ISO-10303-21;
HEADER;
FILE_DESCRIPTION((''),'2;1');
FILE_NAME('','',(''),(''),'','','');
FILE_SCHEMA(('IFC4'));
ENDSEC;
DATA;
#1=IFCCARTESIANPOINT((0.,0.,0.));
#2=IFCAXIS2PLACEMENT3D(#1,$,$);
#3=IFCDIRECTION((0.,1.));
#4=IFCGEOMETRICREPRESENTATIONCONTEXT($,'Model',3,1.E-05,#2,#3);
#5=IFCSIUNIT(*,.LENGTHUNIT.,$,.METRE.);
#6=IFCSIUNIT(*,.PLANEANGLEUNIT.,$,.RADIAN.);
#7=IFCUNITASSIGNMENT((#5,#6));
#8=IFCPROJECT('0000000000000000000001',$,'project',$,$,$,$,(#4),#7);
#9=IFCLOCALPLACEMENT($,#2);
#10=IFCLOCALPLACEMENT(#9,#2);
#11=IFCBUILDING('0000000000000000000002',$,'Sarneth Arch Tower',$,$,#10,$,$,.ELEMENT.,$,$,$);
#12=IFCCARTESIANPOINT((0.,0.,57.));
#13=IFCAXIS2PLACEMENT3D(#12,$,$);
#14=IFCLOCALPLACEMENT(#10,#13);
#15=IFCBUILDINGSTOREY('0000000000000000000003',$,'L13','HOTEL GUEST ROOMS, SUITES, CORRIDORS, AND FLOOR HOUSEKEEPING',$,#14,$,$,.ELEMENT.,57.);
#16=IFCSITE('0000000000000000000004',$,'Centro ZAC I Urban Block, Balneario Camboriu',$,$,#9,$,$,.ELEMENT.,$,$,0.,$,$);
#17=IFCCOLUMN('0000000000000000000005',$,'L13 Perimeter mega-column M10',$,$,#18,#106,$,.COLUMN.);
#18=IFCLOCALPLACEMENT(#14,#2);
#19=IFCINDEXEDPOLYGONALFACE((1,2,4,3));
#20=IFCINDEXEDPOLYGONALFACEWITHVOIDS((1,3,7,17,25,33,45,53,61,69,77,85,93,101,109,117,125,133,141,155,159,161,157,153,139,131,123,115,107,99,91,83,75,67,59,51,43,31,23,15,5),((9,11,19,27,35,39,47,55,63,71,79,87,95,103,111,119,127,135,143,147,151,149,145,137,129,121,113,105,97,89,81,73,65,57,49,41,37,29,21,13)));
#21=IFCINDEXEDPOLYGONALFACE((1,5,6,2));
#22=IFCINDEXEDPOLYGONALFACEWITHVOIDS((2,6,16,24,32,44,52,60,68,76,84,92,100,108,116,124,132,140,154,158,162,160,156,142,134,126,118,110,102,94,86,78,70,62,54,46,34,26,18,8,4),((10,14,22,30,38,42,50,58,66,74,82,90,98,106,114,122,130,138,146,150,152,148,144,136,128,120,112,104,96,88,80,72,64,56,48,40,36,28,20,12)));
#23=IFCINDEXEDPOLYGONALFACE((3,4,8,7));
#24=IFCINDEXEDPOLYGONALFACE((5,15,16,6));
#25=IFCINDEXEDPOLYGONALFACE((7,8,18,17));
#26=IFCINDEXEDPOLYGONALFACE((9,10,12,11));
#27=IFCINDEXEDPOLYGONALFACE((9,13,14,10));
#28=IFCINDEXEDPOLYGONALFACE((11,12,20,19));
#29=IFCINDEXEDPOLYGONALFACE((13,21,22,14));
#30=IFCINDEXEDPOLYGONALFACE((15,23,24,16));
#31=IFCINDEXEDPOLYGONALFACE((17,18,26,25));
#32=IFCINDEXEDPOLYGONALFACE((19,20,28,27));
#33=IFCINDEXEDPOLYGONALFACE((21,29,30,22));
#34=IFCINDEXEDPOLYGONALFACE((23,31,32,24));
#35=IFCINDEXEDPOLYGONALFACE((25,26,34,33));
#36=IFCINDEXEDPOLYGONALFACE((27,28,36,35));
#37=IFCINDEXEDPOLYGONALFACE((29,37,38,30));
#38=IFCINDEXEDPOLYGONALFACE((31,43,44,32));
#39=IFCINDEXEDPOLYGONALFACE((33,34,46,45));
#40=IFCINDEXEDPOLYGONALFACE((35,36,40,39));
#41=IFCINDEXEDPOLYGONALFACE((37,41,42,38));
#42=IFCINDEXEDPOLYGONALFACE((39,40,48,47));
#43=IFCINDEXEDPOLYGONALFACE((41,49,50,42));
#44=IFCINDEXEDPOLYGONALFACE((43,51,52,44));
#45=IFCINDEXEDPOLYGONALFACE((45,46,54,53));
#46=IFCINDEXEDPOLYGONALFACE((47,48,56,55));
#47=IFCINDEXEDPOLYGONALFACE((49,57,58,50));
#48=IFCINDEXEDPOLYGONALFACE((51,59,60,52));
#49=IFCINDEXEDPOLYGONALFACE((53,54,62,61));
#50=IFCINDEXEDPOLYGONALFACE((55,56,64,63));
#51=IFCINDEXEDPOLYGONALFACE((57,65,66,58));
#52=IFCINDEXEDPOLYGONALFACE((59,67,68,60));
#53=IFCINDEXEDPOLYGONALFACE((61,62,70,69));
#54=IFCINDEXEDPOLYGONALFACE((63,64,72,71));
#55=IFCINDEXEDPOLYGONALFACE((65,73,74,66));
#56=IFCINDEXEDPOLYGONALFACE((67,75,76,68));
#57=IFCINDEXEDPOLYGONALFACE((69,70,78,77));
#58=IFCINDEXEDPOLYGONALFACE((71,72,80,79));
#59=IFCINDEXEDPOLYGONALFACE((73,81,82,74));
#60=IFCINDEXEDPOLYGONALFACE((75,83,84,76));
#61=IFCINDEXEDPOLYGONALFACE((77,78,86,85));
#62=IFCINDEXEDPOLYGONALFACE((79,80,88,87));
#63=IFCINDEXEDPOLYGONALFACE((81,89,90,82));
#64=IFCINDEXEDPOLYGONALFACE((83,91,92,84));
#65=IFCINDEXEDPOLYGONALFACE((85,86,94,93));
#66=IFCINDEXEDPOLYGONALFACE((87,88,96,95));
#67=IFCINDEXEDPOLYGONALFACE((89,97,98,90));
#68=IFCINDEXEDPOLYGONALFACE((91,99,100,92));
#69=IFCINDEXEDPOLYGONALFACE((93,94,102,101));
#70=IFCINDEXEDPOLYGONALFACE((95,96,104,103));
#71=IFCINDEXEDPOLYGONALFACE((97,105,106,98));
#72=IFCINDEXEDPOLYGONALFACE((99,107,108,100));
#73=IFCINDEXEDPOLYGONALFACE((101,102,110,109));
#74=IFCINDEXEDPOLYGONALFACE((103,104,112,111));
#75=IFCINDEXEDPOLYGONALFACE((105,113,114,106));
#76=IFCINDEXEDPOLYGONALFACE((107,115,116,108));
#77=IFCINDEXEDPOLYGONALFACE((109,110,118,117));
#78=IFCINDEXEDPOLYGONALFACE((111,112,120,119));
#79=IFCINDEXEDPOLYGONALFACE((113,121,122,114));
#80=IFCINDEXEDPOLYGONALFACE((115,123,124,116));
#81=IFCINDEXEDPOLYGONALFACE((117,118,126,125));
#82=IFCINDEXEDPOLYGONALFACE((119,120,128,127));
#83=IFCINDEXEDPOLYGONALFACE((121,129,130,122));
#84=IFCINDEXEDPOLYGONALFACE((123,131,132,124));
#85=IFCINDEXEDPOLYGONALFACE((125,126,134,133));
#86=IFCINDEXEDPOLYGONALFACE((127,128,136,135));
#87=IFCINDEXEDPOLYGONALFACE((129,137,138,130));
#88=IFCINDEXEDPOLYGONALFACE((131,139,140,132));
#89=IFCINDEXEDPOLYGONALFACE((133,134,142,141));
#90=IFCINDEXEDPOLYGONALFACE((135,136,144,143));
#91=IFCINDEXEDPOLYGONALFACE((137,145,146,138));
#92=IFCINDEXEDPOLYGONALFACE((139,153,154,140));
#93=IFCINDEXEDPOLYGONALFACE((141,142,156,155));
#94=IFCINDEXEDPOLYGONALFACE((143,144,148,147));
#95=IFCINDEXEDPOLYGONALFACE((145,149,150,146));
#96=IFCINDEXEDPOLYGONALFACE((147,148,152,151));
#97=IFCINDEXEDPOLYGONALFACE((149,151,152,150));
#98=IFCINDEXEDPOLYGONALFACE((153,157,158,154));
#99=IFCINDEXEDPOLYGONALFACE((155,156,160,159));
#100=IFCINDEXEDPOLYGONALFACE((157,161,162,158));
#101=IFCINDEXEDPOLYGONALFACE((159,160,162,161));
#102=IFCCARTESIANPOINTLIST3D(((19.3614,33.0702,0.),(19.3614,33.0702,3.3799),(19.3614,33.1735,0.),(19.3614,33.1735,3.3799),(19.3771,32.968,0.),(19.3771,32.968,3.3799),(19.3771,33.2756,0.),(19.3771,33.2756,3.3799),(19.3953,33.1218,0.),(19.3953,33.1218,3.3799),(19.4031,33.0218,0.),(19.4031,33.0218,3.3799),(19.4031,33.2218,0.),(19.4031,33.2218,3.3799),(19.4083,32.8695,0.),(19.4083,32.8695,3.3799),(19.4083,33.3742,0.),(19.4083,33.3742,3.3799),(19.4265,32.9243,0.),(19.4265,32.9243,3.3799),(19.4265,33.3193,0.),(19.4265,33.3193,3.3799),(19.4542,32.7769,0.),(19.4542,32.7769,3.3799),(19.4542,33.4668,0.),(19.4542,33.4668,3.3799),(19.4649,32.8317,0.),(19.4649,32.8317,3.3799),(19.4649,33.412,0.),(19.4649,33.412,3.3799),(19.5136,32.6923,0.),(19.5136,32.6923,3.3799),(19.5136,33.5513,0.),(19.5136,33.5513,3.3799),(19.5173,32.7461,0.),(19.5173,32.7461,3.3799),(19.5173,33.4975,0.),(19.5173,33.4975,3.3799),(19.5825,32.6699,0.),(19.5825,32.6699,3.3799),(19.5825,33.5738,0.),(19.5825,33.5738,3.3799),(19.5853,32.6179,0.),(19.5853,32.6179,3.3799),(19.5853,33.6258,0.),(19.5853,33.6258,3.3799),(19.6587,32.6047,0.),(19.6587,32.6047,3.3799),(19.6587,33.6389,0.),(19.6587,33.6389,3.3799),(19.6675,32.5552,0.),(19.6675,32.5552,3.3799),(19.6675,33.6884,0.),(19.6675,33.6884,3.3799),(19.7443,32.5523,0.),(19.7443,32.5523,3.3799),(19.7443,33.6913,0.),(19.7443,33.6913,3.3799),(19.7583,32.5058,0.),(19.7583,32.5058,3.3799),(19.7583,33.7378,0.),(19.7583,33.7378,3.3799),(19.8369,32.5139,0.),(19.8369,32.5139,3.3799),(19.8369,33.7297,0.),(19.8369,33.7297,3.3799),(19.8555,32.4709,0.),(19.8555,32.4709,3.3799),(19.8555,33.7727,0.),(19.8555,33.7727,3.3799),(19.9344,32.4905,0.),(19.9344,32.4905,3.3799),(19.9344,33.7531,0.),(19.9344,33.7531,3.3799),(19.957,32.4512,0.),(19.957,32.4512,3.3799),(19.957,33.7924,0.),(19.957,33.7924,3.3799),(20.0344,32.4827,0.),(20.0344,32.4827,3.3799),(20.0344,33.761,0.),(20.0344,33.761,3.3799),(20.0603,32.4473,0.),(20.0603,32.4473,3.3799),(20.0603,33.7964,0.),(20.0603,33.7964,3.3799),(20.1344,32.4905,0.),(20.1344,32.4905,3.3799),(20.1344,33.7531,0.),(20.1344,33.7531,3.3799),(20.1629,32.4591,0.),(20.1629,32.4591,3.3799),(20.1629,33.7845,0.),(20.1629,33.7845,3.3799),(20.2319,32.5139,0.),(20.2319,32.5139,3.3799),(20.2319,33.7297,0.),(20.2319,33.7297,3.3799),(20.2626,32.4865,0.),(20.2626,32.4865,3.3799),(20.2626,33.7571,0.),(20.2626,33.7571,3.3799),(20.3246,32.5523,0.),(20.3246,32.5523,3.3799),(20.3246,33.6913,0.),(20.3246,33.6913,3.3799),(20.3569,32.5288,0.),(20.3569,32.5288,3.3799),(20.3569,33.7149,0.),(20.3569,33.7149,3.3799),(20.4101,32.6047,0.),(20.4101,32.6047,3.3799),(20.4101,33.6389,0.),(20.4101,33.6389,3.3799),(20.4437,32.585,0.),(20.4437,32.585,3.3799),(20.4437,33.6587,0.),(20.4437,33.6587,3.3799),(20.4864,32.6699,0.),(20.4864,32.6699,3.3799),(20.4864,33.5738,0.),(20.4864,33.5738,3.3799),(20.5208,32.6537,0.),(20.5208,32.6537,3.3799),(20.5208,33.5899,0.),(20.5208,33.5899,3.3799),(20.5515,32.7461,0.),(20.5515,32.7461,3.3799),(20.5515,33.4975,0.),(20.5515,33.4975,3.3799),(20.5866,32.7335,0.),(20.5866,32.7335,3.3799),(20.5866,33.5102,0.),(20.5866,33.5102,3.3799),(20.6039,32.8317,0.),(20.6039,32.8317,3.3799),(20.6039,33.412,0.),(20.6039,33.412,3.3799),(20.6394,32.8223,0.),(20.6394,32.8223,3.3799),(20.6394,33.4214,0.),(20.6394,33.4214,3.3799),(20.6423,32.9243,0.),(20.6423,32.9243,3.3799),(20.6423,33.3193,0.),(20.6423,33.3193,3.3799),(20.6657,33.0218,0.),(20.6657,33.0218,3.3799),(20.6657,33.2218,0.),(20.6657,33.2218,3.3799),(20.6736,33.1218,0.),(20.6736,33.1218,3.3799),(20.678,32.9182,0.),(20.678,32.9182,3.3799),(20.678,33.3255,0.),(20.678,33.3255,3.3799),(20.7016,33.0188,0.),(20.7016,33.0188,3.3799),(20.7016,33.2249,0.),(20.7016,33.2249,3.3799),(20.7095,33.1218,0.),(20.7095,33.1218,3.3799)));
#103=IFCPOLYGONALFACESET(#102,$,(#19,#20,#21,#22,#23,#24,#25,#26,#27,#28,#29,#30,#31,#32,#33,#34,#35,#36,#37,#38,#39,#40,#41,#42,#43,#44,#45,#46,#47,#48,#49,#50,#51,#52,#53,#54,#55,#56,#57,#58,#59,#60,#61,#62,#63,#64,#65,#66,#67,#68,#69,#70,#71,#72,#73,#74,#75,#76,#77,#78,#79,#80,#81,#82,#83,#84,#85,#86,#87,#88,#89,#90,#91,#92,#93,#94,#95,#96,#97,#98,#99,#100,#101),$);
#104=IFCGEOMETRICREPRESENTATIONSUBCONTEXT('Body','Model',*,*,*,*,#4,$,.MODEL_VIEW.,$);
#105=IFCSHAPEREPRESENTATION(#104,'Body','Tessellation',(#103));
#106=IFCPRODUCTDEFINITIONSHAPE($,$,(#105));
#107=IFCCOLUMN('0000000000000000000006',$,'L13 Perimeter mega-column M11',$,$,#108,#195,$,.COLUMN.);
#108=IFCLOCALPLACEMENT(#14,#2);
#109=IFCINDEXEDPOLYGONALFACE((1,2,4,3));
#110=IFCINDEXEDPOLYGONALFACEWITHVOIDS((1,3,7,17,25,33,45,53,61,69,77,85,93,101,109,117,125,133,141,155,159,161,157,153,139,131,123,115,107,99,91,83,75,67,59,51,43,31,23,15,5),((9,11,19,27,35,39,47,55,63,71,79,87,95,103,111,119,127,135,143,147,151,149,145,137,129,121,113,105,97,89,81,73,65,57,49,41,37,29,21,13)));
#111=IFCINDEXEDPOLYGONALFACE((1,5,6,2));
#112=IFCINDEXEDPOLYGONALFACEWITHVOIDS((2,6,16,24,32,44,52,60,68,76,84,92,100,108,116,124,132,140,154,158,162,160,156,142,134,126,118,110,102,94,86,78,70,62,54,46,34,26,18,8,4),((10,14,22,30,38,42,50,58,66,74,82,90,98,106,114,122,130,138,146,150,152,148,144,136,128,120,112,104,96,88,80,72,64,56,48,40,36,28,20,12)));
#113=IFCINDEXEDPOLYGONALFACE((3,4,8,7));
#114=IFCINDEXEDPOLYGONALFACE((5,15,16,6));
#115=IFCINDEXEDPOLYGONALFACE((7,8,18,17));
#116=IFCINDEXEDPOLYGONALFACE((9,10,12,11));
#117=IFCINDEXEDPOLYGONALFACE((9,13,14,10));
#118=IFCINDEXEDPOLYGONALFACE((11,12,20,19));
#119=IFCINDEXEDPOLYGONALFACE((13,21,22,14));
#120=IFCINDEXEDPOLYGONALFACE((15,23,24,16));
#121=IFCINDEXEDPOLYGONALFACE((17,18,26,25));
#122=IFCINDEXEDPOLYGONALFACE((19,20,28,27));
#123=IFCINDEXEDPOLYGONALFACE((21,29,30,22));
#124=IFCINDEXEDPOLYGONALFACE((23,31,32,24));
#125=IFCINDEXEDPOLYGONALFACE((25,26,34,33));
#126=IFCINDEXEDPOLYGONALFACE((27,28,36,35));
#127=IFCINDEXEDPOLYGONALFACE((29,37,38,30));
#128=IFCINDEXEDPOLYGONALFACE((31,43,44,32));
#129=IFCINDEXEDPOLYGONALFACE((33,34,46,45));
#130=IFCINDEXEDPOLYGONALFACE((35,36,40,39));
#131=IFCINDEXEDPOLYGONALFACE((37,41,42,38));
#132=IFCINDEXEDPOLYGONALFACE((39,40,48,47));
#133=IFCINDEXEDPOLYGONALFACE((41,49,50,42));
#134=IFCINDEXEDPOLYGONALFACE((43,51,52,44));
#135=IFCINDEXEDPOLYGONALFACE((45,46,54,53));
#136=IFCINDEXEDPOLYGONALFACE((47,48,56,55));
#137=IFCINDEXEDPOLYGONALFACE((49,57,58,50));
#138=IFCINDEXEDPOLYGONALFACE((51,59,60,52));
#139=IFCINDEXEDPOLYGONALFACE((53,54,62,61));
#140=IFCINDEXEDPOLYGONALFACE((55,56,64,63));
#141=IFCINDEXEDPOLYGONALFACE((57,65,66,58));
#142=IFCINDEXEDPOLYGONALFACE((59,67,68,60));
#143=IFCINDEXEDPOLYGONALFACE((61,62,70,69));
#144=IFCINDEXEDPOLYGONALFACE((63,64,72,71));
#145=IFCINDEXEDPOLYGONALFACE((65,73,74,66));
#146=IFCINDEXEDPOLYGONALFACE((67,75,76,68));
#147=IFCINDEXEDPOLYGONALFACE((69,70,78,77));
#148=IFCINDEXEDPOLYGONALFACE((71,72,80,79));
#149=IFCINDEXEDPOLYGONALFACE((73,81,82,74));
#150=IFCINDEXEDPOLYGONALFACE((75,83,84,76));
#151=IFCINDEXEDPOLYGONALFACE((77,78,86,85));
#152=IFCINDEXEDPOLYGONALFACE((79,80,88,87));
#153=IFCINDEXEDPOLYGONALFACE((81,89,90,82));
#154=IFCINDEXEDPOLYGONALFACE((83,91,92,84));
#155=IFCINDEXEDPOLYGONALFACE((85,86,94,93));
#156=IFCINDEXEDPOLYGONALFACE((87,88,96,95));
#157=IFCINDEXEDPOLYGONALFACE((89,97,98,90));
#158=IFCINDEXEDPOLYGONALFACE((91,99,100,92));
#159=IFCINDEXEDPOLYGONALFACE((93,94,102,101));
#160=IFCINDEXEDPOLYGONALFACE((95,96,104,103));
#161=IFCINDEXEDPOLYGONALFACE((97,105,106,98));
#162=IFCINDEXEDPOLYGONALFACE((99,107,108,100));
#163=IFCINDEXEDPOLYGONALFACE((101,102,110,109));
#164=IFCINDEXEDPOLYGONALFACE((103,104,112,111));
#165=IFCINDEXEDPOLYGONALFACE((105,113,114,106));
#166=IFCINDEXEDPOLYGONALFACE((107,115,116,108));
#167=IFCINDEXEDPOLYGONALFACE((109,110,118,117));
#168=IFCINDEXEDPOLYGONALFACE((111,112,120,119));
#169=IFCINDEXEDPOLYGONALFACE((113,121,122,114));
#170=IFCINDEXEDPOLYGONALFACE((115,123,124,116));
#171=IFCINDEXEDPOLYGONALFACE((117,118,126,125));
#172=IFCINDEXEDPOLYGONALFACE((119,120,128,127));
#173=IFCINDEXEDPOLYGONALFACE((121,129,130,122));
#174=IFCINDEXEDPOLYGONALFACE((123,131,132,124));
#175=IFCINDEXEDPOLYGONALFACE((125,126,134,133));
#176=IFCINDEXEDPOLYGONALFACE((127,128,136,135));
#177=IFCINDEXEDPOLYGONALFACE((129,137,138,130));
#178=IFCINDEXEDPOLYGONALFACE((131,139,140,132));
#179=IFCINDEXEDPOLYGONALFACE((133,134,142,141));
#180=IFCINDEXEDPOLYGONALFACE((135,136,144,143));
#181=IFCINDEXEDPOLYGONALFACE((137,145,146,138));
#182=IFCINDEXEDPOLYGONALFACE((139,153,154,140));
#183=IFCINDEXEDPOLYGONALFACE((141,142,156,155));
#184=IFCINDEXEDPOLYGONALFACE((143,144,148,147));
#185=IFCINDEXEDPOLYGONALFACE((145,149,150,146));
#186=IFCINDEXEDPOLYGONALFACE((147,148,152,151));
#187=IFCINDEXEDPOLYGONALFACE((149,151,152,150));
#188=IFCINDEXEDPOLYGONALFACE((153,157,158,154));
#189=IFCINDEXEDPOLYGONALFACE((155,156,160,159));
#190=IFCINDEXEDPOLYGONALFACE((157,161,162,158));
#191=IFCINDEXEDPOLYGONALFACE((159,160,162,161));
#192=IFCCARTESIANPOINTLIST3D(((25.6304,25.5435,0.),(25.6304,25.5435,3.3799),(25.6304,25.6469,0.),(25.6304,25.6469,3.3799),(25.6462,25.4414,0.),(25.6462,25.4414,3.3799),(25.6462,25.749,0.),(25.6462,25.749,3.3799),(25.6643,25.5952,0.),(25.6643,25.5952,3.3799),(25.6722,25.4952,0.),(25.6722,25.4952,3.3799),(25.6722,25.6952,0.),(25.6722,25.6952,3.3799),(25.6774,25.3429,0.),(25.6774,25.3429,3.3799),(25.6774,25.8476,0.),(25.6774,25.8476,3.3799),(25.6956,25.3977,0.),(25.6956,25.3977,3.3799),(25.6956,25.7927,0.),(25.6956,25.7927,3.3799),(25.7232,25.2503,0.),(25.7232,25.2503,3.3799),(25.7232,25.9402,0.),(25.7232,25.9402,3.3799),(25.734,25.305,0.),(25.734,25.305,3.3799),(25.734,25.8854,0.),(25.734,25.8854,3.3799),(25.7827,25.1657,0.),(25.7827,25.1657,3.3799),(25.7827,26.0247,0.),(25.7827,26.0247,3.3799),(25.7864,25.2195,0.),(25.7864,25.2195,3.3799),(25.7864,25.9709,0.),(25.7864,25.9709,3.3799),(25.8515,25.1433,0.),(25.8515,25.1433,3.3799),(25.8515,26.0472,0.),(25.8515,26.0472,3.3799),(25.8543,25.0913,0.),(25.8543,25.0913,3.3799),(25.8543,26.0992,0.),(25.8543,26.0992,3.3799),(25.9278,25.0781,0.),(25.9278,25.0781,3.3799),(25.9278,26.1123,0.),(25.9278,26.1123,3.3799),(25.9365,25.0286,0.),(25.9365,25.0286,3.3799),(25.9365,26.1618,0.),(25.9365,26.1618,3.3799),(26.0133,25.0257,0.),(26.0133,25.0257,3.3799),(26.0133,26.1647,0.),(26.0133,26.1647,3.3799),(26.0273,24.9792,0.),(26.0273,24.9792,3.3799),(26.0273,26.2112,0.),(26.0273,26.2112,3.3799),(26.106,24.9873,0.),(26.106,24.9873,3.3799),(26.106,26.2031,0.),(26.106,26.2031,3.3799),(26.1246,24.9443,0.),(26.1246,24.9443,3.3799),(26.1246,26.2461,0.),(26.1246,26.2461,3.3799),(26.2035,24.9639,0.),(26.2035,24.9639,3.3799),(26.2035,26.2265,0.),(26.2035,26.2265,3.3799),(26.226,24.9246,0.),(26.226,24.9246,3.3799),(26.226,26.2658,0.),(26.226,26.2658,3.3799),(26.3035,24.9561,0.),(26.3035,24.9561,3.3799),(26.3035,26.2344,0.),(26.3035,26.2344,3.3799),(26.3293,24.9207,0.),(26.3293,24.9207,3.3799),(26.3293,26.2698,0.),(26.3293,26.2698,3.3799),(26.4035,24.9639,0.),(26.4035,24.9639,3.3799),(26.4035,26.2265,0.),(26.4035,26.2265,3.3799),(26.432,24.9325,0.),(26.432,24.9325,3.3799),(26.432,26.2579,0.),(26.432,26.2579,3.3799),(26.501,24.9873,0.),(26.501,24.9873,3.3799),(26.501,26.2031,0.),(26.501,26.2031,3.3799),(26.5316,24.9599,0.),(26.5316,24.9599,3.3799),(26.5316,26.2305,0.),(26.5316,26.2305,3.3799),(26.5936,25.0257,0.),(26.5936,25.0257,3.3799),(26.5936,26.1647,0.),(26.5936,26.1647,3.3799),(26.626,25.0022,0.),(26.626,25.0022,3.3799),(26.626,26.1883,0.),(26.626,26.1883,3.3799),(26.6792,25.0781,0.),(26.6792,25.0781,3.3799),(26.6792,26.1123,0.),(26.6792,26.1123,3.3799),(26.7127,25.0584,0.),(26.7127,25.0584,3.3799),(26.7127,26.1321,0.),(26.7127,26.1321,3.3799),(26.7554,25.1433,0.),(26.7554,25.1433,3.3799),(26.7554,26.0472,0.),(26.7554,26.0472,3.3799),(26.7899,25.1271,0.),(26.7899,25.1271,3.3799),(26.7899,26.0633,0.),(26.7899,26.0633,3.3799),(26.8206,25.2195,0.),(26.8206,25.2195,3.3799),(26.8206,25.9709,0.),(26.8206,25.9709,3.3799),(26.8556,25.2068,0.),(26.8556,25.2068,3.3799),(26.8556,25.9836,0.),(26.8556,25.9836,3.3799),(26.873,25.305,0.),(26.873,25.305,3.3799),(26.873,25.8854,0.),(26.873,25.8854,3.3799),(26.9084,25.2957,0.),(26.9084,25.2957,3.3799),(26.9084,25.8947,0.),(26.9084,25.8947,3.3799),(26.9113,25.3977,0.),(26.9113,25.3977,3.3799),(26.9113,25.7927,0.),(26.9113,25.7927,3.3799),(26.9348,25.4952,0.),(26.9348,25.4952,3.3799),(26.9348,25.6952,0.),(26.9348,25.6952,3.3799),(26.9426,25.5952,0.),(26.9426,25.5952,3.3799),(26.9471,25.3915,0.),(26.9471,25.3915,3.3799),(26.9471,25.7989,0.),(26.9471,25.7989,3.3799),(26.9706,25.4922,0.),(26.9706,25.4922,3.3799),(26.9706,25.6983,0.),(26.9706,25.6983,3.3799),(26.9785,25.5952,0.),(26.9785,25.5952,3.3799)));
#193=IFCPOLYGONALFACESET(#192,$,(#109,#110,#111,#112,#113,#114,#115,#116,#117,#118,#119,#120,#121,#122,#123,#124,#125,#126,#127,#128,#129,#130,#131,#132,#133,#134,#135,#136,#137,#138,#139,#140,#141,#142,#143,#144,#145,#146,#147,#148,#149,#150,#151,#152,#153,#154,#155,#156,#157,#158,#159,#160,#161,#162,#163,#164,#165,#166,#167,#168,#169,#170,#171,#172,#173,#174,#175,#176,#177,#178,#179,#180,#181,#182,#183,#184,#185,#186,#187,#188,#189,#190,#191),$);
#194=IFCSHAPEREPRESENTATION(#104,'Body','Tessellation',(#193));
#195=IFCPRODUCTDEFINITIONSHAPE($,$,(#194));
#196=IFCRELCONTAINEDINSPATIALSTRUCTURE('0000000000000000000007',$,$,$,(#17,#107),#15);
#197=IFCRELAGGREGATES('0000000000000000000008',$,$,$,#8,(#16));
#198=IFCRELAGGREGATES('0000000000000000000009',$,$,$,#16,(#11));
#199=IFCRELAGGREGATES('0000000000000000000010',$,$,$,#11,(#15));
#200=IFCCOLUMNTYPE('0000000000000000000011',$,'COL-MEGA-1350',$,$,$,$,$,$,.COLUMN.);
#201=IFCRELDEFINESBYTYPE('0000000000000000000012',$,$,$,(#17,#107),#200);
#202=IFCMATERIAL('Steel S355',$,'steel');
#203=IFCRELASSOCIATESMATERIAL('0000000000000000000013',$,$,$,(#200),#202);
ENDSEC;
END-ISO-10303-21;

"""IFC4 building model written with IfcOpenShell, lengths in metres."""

from ifc_helpers import new_model, si_unit, direction, frame, origin, origin_2d, place, context, subcontext, project, spatial, hollow_circle, extrude, material, material_profile, profile_set, type_object, element, save


model = new_model("IFC4")

# Units and contexts
model_context = context("Model", 3, precision=1e-05, world=origin(), true_north=direction((0.0, 1.0)))
body_context = subcontext(model_context, "Body", "Model", "MODEL_VIEW")
ifc_project = project(units=[si_unit("LENGTHUNIT", "METRE"), si_unit("PLANEANGLEUNIT", "RADIAN")], contexts=[model_context])

# Site, building, storey
site_placement = place(None, origin())
site = spatial("IfcSite", under=ifc_project, at=site_placement, Name="Centro ZAC I Urban Block, Balneario Camboriu", CompositionType="ELEMENT", RefElevation=0.0)
building_placement = place(site_placement, origin())
building = spatial("IfcBuilding", under=site, at=building_placement, Name="Sarneth Arch Tower", CompositionType="ELEMENT")
storey_placement = place(building_placement, frame((0.0, 0.0, 57.0)))
storey = spatial("IfcBuildingStorey", under=building, at=storey_placement, Name="L13", Description="HOTEL GUEST ROOMS, SUITES, CORRIDORS, AND FLOOR HOUSEKEEPING", CompositionType="ELEMENT", Elevation=57.0)

# Columns
ifc_material_1 = material(Name="Steel S355", Category="steel")
ifc_material_profile_1 = material_profile(ifc_material_1, hollow_circle(Radius=0.675, WallThickness=0.0359, at=origin_2d()), Name="CHS1350x36")
ifc_profile_set_1 = profile_set([ifc_material_profile_1], Name="Steel S355")
column_type = type_object("IfcColumnType", Name="COL-MEGA-1350", PredefinedType="COLUMN", material=ifc_profile_set_1)
for number, where, z_axis, x_axis, name in (
    (1, (20.0344, 33.1218, 0.0), (0.0, 0.0, 1.0), (1.0, 0.0, 0.0), "L13 Perimeter mega-column M10"),
    (2, (26.3035, 25.5952, 0.0), (0.0, 0.0, 1.0), (1.0, 0.0, 0.0), "L13 Perimeter mega-column M11"),
):
    element("IfcColumn", number, at=place(storey_placement, frame(where, z_axis=z_axis, x_axis=x_axis)), inside=storey, type_object=column_type, Name=name, PredefinedType="COLUMN", context=body_context, shape_type="SweptSolid", body=[
        extrude(hollow_circle(Radius=0.675, WallThickness=0.0359, at=origin_2d()), origin(), (0.0, 0.0, 1.0), 3.3799),
    ])

save(model, "model.ifc")
